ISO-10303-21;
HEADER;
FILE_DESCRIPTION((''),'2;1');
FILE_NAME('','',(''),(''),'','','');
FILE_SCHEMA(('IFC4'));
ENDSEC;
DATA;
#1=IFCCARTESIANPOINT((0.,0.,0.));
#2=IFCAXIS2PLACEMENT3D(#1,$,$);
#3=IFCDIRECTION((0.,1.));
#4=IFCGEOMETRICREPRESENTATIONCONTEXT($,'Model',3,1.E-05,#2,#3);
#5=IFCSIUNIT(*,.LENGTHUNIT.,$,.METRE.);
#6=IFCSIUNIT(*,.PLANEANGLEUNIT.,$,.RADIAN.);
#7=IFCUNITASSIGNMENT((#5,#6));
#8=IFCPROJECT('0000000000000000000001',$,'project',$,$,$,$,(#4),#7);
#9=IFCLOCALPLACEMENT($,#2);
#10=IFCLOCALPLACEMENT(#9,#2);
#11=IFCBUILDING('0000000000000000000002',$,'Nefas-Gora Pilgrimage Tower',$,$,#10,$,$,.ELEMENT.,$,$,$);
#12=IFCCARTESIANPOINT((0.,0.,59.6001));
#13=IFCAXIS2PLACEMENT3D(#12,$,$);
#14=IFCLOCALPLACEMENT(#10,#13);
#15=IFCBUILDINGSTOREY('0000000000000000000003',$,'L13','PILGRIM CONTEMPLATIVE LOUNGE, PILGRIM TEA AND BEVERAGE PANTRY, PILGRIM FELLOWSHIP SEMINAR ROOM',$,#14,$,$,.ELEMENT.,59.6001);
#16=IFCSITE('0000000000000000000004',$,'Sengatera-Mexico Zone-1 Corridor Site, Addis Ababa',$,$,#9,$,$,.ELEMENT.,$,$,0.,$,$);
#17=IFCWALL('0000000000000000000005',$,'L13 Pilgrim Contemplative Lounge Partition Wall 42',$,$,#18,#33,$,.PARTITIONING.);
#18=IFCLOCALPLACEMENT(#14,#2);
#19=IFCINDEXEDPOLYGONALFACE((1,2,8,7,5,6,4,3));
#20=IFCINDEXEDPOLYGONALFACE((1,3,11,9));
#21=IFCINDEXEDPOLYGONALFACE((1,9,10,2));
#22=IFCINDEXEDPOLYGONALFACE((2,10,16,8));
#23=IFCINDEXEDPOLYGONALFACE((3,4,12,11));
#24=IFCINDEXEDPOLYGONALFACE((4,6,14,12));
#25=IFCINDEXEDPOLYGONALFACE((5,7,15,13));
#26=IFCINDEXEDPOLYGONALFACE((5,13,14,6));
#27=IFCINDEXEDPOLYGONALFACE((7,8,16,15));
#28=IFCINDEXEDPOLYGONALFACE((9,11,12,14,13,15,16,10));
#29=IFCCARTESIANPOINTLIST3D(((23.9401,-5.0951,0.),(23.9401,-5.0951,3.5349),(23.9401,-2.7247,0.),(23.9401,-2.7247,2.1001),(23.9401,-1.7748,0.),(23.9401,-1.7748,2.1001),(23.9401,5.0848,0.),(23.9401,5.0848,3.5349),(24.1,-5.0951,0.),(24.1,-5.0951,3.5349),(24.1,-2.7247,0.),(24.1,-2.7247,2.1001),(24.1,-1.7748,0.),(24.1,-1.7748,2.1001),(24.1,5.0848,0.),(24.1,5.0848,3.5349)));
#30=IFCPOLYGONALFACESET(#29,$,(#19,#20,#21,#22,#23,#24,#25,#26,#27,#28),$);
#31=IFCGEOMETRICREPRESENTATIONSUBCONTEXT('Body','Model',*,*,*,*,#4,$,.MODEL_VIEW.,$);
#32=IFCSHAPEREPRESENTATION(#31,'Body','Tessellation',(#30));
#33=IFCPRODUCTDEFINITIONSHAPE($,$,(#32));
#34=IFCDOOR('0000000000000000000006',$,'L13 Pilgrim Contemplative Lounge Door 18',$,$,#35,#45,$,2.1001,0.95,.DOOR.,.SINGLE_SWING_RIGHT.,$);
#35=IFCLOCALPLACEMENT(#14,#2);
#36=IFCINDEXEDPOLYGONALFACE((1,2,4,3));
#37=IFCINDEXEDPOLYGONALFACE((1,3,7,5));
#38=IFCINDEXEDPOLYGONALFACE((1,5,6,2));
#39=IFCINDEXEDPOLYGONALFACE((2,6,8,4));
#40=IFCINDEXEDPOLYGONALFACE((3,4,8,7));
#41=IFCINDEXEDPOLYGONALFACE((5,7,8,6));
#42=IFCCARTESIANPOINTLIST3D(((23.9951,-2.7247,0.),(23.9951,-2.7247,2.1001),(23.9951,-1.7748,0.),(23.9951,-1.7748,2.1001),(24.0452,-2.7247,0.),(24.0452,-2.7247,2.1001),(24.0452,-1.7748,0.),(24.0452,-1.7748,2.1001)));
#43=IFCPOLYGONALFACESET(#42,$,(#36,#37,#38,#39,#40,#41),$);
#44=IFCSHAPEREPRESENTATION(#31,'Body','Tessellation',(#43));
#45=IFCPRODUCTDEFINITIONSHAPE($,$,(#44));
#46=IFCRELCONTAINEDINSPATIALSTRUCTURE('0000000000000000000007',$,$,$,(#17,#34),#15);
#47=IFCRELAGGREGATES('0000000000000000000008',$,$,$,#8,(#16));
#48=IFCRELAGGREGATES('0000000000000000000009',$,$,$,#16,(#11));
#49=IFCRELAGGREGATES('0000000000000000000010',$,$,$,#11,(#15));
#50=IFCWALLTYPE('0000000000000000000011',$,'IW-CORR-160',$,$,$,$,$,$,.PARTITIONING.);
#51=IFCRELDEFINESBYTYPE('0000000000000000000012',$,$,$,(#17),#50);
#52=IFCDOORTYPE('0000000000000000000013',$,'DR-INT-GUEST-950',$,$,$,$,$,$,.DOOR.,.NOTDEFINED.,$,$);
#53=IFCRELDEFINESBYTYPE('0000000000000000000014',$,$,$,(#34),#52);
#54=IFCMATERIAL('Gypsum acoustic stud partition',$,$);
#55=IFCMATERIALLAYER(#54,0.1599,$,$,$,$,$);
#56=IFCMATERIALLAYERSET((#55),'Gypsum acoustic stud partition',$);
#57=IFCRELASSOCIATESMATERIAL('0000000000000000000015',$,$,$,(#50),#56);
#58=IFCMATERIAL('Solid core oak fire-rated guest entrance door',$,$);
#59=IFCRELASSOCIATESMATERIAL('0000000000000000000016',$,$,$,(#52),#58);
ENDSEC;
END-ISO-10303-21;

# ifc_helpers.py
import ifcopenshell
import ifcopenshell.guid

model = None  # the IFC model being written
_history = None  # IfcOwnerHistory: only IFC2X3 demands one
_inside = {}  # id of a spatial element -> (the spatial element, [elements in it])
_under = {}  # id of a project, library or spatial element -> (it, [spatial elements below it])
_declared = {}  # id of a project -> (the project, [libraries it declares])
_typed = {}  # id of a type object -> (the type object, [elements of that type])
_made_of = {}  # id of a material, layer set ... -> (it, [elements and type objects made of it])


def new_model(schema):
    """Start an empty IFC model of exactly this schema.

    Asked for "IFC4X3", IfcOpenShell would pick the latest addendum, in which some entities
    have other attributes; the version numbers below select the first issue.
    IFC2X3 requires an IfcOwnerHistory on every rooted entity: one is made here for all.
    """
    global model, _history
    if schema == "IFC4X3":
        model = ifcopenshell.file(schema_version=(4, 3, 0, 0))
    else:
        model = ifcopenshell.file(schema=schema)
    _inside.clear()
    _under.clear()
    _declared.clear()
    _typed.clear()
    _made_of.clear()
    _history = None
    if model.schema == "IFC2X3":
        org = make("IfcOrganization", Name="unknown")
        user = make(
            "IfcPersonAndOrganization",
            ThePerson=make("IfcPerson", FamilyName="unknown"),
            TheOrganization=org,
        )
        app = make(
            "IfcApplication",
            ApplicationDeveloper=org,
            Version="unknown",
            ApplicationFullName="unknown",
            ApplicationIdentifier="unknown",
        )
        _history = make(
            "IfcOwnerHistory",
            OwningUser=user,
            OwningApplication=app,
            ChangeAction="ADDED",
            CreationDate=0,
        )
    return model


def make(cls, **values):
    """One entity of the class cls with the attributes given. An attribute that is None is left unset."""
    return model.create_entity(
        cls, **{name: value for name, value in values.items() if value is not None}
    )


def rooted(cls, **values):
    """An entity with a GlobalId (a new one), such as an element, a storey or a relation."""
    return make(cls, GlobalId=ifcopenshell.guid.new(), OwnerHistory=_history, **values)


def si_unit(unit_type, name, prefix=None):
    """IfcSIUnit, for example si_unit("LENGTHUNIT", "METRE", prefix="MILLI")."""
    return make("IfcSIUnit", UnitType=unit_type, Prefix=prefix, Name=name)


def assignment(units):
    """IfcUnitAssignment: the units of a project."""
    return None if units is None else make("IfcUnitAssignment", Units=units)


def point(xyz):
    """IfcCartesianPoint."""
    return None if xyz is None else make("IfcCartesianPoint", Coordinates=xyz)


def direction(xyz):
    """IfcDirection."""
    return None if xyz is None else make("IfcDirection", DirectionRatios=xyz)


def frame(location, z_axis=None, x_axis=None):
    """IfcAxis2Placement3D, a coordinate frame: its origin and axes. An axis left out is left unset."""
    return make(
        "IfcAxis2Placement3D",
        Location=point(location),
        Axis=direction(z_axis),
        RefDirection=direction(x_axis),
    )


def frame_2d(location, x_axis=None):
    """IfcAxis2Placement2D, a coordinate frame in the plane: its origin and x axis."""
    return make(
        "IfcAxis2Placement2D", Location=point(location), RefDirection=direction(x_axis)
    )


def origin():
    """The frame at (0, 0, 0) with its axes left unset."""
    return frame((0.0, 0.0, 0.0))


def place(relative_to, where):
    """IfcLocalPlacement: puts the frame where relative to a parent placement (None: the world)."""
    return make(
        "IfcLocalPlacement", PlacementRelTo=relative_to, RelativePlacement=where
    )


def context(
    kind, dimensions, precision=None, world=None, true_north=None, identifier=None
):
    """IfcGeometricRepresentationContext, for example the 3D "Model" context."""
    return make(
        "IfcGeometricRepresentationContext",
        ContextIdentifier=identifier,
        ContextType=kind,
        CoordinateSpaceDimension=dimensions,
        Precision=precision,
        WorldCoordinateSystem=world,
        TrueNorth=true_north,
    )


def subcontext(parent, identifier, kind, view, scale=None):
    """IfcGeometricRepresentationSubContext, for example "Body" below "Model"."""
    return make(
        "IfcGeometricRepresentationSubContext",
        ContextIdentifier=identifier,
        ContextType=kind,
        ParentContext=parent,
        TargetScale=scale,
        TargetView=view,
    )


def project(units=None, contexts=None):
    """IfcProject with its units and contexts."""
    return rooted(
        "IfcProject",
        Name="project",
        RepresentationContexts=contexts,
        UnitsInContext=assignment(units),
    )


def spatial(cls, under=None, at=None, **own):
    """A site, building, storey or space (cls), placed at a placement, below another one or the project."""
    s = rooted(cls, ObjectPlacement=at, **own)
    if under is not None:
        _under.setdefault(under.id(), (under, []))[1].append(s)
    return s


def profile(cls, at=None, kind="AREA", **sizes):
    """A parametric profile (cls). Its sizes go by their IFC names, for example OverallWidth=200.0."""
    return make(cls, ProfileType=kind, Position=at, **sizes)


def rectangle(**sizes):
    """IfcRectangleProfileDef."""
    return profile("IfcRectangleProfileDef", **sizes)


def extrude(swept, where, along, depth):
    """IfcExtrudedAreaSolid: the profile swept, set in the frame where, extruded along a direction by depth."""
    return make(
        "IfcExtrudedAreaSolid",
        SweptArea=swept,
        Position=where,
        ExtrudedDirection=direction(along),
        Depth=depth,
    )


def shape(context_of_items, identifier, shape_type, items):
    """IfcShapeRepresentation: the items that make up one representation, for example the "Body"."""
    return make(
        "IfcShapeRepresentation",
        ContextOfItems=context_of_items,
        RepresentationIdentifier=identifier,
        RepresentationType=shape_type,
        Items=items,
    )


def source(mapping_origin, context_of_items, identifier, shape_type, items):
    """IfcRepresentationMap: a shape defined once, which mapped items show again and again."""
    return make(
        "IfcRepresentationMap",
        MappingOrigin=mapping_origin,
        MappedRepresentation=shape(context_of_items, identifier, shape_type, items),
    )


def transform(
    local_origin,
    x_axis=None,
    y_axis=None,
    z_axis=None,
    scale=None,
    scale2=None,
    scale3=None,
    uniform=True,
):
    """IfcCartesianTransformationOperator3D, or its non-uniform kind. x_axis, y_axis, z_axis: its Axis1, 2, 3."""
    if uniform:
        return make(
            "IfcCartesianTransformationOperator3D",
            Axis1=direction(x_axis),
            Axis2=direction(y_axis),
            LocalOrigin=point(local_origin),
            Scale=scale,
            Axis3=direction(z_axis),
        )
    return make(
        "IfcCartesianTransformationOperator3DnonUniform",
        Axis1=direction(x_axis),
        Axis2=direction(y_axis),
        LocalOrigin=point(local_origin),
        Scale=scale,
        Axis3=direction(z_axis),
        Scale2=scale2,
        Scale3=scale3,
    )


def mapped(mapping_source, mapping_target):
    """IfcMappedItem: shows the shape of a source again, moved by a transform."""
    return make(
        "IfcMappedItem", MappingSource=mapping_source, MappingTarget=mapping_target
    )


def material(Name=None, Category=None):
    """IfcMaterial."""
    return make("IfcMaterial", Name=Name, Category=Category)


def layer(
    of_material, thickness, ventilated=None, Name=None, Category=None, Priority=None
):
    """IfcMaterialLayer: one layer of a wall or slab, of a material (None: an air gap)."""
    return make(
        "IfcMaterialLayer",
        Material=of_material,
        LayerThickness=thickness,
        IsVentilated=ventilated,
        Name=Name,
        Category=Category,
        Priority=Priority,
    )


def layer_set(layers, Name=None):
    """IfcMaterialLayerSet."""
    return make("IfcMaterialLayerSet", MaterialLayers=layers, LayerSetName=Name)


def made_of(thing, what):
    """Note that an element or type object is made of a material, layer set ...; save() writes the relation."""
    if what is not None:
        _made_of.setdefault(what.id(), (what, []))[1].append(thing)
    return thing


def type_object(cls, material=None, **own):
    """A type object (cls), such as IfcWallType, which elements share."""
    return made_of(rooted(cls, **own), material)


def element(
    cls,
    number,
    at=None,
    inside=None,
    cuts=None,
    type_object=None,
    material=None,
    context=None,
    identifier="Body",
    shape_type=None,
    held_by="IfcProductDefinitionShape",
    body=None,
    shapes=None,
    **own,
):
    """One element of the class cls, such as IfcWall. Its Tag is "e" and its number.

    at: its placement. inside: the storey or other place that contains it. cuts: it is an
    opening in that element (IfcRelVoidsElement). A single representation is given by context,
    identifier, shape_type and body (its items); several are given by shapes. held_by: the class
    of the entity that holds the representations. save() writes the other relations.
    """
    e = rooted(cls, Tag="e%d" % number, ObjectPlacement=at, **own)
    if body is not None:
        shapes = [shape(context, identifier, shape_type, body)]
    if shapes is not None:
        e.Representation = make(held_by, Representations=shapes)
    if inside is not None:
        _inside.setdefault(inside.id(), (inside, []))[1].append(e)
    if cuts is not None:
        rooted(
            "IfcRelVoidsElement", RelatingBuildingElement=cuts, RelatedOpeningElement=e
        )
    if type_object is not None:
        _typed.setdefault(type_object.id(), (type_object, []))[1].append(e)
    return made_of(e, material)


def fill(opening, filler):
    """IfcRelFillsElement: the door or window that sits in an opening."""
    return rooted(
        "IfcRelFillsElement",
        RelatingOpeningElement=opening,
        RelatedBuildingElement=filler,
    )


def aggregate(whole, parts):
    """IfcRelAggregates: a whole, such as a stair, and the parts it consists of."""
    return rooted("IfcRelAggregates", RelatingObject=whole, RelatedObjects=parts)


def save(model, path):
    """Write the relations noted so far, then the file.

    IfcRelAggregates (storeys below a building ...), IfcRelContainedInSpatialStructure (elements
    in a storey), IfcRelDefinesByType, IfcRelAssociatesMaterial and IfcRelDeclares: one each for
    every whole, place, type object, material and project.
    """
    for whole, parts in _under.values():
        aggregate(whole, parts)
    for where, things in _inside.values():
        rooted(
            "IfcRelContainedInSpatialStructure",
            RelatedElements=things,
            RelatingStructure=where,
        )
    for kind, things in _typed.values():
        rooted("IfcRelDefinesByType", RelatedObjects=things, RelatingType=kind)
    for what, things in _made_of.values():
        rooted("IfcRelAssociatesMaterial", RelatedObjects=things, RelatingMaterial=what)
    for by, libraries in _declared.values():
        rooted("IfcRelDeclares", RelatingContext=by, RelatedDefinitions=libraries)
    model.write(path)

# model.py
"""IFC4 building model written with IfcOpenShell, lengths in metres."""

from ifc_helpers import new_model, si_unit, direction, frame, frame_2d, origin, place, context, subcontext, project, spatial, rectangle, extrude, source, transform, mapped, material, layer, layer_set, type_object, element, fill, save


model = new_model("IFC4")

# Units and contexts
model_context = context("Model", 3, precision=1e-05, world=origin(), true_north=direction((0.0, 1.0)))
body_context = subcontext(model_context, "Body", "Model", "MODEL_VIEW")
ifc_project = project(units=[si_unit("LENGTHUNIT", "METRE"), si_unit("PLANEANGLEUNIT", "RADIAN")], contexts=[model_context])

# Site, building, storey
site_placement = place(None, origin())
site = spatial("IfcSite", under=ifc_project, at=site_placement, Name="Sengatera-Mexico Zone-1 Corridor Site, Addis Ababa", CompositionType="ELEMENT", RefElevation=0.0)
building_placement = place(site_placement, origin())
building = spatial("IfcBuilding", under=site, at=building_placement, Name="Nefas-Gora Pilgrimage Tower", CompositionType="ELEMENT")
storey_placement = place(building_placement, frame((0.0, 0.0, 59.6001)))
storey = spatial("IfcBuildingStorey", under=building, at=storey_placement, Name="L13", Description="PILGRIM CONTEMPLATIVE LOUNGE, PILGRIM TEA AND BEVERAGE PANTRY, PILGRIM FELLOWSHIP SEMINAR ROOM", CompositionType="ELEMENT", Elevation=59.6001)

# Wall, opening, door
ifc_material_1 = material(Name="Gypsum acoustic stud partition")
ifc_layer_1 = layer(ifc_material_1, 0.1599)
ifc_layer_set_1 = layer_set([ifc_layer_1], Name="Gypsum acoustic stud partition")
wall_type_1 = type_object("IfcWallType", Name="IW-CORR-160", PredefinedType="PARTITIONING", material=ifc_layer_set_1)
shared_shape_1 = source(origin(), body_context, "Body", "SweptSolid", [
    extrude(rectangle(XDim=10.1799, YDim=0.1599, at=frame_2d((5.0898, 0.0))), origin(), (0.0, 0.0, 1.0), 3.5349),
])
wall_1_placement = place(storey_placement, frame((24.02, -5.095, 0.0), z_axis=(0.0, 0.0, 1.0), x_axis=(0.0, 1.0, 0.0)))
wall_1 = element("IfcWall", 1, at=wall_1_placement, inside=storey, type_object=wall_type_1, Name="L13 Pilgrim Contemplative Lounge Partition Wall 42", PredefinedType="PARTITIONING", context=body_context, shape_type="MappedRepresentation", body=[
    mapped(shared_shape_1, transform((0.0, 0.0, 0.0), x_axis=(1.0, 0.0, 0.0), y_axis=(0.0, 1.0, 0.0), z_axis=(0.0, 0.0, 1.0), scale=1.0)),
])
opening_1_placement = place(wall_1_placement, frame((2.3701, 0.0, 0.0)))
opening_1 = element("IfcOpeningElement", 2, at=opening_1_placement, cuts=wall_1, PredefinedType="OPENING", context=body_context, shape_type="SweptSolid", body=[
    extrude(rectangle(XDim=0.95, YDim=2.1001, at=frame_2d((0.4751, 1.05))), frame((0.0, 0.0898, 0.0), z_axis=(0.0, -1.0, 0.0), x_axis=(1.0, 0.0, 0.0)), (0.0, 0.0, 1.0), 0.1799),
])
ifc_material_2 = material(Name="Solid core oak fire-rated guest entrance door")
door_type = type_object("IfcDoorType", Name="DR-INT-GUEST-950", OperationType="NOTDEFINED", PredefinedType="DOOR", material=ifc_material_2)
shared_shape_2 = source(origin(), body_context, "Body", "SweptSolid", [
    extrude(rectangle(XDim=0.95, YDim=2.1001, at=frame_2d((0.4751, 1.05))), frame((0.0, 0.0249, 0.0), z_axis=(0.0, -1.0, 0.0), x_axis=(1.0, 0.0, 0.0)), (0.0, 0.0, 1.0), 0.05),
])
door_placement = place(opening_1_placement, origin())
door = element("IfcDoor", 3, at=door_placement, inside=storey, type_object=door_type, Name="L13 Pilgrim Contemplative Lounge Door 18", OperationType="SINGLE_SWING_RIGHT", OverallHeight=2.1001, OverallWidth=0.95, PredefinedType="DOOR", context=body_context, shape_type="MappedRepresentation", body=[
    mapped(shared_shape_2, transform((0.0, 0.0, 0.0), x_axis=(1.0, 0.0, 0.0), y_axis=(0.0, 1.0, 0.0), z_axis=(0.0, 0.0, 1.0), scale=1.0)),
])
fill(opening_1, door)

save(model, "model.ifc")
